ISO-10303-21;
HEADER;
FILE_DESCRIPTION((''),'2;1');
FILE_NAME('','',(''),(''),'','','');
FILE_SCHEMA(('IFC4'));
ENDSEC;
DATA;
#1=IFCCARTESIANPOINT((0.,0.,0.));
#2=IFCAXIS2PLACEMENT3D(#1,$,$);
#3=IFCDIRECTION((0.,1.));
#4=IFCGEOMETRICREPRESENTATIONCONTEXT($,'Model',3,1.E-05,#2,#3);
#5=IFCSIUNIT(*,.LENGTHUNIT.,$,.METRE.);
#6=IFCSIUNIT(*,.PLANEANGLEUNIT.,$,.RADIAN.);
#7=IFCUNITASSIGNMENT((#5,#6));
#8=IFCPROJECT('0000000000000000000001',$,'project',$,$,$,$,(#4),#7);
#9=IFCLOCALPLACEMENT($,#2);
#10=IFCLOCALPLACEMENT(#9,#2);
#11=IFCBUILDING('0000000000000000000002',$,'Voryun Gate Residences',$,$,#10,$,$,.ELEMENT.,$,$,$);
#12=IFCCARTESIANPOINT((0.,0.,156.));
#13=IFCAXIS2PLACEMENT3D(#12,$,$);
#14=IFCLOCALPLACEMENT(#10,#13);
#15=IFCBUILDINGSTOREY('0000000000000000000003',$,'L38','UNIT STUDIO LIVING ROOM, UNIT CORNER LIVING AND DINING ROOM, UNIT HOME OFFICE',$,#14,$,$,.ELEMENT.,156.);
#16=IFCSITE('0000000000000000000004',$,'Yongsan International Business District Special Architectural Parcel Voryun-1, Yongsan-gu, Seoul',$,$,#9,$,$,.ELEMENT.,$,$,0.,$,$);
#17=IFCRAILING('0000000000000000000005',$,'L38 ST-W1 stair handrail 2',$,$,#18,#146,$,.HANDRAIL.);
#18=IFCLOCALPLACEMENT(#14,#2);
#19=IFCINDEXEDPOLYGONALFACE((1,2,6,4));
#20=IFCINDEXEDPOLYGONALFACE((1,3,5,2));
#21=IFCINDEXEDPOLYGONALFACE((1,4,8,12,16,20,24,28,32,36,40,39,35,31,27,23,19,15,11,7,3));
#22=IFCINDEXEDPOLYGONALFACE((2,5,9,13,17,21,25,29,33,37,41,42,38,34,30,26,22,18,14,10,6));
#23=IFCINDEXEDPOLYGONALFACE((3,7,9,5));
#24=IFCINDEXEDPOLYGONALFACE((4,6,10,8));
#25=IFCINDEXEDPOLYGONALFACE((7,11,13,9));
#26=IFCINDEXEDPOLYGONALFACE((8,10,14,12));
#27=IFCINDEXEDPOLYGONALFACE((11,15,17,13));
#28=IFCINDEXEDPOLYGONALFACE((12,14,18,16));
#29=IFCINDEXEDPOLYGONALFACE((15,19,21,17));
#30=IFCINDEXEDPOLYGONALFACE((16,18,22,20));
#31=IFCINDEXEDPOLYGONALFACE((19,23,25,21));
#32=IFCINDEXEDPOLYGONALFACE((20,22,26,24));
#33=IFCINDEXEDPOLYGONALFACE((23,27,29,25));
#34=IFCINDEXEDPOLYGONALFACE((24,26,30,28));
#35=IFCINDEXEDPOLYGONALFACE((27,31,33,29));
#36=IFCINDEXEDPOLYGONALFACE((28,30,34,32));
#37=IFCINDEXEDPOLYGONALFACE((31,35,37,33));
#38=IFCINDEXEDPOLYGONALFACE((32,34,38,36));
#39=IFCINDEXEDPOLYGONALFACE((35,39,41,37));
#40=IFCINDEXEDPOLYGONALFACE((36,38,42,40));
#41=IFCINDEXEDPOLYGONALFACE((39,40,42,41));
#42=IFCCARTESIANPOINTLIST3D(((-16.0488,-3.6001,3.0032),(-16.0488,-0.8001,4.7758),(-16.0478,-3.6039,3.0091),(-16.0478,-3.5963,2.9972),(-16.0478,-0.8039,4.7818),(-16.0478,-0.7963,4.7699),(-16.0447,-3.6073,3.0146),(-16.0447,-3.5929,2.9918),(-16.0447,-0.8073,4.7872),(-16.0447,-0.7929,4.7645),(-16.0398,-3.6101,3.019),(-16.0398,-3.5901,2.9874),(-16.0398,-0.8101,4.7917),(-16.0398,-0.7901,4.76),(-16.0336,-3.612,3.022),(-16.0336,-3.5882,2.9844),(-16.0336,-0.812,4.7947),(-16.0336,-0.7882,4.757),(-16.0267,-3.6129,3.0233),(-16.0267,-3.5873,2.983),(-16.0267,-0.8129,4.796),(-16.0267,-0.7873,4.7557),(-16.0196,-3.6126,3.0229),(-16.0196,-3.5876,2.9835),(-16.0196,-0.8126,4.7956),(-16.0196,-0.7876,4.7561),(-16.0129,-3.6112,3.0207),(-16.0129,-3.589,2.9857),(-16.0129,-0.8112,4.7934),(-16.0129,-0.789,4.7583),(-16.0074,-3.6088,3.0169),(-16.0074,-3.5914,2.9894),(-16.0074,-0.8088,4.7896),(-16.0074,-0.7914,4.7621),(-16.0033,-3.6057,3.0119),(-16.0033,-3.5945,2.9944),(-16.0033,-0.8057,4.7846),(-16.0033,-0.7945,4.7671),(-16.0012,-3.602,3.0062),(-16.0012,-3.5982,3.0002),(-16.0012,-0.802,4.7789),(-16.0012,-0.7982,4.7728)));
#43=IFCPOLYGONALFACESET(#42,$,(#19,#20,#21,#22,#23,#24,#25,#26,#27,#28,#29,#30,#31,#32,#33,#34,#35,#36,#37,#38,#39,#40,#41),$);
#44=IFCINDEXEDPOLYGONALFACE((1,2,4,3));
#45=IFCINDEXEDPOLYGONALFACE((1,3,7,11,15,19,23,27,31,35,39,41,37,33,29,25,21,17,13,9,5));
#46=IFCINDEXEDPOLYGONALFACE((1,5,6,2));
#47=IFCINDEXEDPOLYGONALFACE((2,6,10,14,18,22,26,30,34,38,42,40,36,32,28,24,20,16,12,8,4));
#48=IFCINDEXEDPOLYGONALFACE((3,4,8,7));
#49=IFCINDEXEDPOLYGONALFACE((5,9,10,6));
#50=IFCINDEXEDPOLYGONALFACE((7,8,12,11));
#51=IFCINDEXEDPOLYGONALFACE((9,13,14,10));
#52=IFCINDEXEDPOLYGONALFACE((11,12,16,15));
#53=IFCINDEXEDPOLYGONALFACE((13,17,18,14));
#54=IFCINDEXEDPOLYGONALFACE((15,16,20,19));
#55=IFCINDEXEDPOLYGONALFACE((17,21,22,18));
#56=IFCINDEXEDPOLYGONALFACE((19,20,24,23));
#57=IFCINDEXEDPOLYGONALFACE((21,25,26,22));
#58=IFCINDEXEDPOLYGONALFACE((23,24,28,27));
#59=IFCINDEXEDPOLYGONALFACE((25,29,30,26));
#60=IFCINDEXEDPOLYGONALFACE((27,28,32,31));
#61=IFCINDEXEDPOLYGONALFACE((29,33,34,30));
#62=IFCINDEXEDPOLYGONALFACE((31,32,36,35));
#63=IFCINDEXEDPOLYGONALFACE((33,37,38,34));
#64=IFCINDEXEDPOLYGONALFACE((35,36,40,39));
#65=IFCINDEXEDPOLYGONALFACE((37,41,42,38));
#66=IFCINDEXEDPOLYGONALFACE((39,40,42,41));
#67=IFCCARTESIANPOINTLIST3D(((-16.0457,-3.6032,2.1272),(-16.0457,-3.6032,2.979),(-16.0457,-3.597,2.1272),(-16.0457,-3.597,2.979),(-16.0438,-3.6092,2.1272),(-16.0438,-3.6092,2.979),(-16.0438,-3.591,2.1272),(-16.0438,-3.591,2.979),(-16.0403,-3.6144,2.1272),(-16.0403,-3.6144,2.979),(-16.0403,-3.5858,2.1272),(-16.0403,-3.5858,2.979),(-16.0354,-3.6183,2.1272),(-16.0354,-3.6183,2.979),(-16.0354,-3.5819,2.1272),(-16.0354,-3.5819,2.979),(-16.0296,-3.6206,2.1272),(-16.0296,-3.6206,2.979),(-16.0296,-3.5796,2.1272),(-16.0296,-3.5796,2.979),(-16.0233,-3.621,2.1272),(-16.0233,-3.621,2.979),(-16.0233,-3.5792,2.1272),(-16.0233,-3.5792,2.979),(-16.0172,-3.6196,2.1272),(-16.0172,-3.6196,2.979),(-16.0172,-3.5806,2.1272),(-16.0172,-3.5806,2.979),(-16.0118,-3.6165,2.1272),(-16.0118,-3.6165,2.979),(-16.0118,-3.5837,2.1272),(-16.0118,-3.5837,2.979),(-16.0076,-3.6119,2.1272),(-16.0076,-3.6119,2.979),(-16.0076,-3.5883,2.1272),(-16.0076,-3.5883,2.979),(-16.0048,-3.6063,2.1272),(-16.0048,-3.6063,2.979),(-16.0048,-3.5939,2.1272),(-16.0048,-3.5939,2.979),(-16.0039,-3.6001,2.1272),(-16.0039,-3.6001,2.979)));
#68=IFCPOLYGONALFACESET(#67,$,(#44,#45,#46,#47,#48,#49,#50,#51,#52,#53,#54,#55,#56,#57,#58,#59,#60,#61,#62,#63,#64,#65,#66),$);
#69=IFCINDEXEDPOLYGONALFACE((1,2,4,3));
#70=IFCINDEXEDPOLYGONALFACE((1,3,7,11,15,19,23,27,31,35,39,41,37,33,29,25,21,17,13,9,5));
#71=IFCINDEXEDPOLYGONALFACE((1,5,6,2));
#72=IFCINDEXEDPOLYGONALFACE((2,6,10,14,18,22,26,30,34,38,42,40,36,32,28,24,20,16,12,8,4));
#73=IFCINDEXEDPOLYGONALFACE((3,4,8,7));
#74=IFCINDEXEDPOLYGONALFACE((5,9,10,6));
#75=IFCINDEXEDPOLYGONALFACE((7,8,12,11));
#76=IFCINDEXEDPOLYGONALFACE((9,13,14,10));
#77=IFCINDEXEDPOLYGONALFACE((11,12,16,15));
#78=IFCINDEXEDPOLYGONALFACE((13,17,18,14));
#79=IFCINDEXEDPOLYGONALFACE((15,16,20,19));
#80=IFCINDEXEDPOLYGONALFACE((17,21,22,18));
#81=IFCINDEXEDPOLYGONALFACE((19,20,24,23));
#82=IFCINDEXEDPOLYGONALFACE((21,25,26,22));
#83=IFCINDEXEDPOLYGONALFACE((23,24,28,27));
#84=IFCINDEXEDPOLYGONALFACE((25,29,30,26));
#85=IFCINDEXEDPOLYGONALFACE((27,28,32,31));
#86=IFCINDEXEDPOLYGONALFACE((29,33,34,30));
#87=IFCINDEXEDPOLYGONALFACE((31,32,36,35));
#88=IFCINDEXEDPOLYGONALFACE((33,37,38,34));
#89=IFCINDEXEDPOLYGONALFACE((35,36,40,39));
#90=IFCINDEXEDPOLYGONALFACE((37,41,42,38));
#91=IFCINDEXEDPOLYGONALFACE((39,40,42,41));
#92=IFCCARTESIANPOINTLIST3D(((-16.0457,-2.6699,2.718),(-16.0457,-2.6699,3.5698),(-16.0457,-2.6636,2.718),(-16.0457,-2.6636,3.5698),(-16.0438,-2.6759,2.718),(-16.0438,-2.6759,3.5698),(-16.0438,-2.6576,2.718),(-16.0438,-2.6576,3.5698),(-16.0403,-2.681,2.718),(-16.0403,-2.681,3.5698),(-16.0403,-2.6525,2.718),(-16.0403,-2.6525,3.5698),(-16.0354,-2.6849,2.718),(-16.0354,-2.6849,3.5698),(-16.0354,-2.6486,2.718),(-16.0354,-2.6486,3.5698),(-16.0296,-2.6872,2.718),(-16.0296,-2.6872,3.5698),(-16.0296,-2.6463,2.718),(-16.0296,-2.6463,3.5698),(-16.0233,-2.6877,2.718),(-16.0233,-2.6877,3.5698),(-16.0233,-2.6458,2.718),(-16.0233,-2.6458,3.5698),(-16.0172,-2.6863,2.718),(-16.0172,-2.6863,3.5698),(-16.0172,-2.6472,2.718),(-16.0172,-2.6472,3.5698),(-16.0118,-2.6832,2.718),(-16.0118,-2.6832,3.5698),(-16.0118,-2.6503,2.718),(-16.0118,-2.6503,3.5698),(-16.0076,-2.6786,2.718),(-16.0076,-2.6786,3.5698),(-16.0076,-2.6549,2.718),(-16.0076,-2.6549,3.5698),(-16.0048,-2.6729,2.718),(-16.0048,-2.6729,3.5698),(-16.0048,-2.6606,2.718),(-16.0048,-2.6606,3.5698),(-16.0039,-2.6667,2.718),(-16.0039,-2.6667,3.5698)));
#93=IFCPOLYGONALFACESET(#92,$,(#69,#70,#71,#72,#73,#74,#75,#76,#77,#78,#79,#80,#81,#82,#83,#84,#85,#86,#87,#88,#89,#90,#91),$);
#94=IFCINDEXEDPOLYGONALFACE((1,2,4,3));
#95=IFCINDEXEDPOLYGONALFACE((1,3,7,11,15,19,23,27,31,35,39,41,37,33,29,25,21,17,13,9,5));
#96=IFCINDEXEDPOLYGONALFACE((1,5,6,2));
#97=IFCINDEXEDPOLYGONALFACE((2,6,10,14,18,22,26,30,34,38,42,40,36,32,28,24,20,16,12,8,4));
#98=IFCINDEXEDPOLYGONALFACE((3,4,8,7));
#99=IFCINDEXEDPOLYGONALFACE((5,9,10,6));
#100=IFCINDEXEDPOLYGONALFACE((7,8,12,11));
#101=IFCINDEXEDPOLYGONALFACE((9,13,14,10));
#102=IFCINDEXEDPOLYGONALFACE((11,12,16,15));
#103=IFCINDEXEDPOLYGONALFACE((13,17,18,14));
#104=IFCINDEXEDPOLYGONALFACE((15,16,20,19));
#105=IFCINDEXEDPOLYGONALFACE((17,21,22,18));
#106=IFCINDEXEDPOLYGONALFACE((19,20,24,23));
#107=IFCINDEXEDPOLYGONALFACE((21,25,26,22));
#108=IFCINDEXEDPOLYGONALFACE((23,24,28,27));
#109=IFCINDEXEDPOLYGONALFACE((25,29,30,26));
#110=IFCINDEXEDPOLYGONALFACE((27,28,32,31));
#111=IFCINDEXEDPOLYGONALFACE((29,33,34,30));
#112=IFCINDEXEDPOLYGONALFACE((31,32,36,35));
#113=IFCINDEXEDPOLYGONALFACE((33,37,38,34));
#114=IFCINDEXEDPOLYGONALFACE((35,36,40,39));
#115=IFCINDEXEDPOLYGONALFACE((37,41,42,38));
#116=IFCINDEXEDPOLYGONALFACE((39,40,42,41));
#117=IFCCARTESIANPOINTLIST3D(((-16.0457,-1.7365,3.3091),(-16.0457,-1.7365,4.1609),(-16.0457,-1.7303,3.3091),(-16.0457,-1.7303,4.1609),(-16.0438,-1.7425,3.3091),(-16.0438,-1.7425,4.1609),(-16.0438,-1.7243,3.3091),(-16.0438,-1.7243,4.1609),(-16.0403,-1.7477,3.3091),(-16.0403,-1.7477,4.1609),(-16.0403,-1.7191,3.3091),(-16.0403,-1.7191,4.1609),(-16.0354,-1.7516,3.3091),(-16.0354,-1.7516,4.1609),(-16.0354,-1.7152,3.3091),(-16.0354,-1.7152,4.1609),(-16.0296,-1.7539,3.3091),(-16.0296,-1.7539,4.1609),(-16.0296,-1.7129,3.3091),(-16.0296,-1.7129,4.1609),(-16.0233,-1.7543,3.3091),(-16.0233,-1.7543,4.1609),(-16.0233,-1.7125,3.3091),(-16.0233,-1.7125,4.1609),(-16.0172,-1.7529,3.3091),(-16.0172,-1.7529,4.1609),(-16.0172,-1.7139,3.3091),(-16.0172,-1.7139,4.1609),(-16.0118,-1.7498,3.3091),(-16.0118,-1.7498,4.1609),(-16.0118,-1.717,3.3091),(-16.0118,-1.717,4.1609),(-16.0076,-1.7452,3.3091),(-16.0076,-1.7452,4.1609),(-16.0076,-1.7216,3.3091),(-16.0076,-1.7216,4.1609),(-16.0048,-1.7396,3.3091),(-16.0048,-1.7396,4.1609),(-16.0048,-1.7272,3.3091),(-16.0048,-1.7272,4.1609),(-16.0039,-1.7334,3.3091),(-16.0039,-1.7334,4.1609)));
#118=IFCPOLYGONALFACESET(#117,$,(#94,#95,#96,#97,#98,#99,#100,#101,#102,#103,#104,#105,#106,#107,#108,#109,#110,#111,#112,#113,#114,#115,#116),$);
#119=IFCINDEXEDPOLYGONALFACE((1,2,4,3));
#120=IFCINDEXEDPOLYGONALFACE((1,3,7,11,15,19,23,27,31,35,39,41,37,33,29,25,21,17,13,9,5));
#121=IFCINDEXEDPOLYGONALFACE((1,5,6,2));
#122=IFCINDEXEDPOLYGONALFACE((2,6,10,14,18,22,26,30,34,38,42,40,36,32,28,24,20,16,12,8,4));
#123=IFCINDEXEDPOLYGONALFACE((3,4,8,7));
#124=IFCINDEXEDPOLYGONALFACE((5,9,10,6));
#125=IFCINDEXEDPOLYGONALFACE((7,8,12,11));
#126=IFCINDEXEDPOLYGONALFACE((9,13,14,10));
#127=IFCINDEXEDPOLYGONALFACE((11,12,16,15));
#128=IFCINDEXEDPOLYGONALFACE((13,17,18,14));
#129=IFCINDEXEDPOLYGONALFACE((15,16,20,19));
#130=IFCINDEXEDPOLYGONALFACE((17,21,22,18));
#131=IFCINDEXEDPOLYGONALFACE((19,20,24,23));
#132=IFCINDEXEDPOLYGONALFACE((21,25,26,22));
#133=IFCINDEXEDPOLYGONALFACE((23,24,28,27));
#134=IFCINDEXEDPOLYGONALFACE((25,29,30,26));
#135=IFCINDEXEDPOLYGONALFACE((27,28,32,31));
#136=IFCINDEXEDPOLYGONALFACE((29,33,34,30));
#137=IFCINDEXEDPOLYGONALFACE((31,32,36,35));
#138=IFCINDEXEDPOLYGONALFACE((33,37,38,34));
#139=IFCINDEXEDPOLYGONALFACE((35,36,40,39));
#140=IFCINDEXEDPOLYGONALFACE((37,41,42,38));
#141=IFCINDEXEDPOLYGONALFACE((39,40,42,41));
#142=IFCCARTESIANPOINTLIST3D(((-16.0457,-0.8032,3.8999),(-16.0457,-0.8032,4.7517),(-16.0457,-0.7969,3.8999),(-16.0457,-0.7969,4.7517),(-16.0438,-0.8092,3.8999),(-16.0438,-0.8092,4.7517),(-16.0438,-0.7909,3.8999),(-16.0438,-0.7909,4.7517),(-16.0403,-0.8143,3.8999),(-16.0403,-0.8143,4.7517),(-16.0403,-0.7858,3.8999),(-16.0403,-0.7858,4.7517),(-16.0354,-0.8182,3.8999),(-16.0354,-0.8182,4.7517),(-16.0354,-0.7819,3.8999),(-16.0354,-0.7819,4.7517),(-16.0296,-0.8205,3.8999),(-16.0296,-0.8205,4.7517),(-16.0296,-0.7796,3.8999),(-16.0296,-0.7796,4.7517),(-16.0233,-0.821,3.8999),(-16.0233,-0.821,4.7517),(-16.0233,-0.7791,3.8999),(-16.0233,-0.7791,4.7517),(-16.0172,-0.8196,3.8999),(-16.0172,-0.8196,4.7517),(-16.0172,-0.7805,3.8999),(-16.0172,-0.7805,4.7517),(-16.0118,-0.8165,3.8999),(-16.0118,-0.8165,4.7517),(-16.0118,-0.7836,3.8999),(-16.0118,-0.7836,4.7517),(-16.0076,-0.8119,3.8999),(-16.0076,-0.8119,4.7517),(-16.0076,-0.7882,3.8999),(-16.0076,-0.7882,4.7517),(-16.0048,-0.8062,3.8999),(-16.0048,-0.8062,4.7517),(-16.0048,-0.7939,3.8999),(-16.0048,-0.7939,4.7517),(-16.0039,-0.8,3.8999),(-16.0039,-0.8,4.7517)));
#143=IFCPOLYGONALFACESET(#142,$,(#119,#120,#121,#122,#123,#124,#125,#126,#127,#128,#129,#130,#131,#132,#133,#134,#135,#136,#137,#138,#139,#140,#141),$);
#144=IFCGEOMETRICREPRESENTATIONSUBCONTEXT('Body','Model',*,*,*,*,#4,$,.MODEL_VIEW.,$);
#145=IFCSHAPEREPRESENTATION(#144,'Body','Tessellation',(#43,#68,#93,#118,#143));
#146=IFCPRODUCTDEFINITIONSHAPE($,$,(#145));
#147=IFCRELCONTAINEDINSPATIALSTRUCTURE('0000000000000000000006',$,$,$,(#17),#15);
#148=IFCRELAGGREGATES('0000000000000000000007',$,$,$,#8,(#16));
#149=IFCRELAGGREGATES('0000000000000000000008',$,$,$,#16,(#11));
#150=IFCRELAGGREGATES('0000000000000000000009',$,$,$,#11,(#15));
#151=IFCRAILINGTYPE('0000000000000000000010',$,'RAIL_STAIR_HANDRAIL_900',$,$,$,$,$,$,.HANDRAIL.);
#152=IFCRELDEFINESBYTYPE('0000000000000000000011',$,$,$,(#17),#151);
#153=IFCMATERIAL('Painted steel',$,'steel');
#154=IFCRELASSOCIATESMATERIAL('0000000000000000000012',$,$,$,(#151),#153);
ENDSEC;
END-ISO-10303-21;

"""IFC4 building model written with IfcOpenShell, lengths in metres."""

from ifc_helpers import new_model, si_unit, direction, frame, origin, origin_2d, place, context, subcontext, project, spatial, circle, extrude, material, type_object, element, save


model = new_model("IFC4")

# Units and contexts
model_context = context("Model", 3, precision=1e-05, world=origin(), true_north=direction((0.0, 1.0)))
body_context = subcontext(model_context, "Body", "Model", "MODEL_VIEW")
ifc_project = project(units=[si_unit("LENGTHUNIT", "METRE"), si_unit("PLANEANGLEUNIT", "RADIAN")], contexts=[model_context])

# Site, building, storey
site_placement = place(None, origin())
site = spatial("IfcSite", under=ifc_project, at=site_placement, Name="Yongsan International Business District Special Architectural Parcel Voryun-1, Yongsan-gu, Seoul", CompositionType="ELEMENT", RefElevation=0.0)
building_placement = place(site_placement, origin())
building = spatial("IfcBuilding", under=site, at=building_placement, Name="Voryun Gate Residences", CompositionType="ELEMENT")
storey_placement = place(building_placement, frame((0.0, 0.0, 156.0)))
storey = spatial("IfcBuildingStorey", under=building, at=storey_placement, Name="L38", Description="UNIT STUDIO LIVING ROOM, UNIT CORNER LIVING AND DINING ROOM, UNIT HOME OFFICE", CompositionType="ELEMENT", Elevation=156.0)

# Railing
ifc_material_1 = material(Name="Painted steel", Category="steel")
railing_type_1 = type_object("IfcRailingType", Name="RAIL_STAIR_HANDRAIL_900", PredefinedType="HANDRAIL", material=ifc_material_1)
railing_1_placement = place(storey_placement, frame((-16.0249, -3.6001, 2.1272)))
element("IfcRailing", 1, at=railing_1_placement, inside=storey, type_object=railing_type_1, Name="L38 ST-W1 stair handrail 2", PredefinedType="HANDRAIL", context=body_context, shape_type="SweptSolid", body=[
    extrude(circle(Radius=0.0239, at=origin_2d()), frame((0.0, 0.0, 0.876), z_axis=(0.0, 0.844909, 0.53491), x_axis=(-1.0, 0.0, 0.0)), (0.0, 0.0, 1.0), 3.314),
    extrude(circle(Radius=0.021, at=origin_2d()), origin(), (0.0, 0.0, 1.0), 0.8518),
    extrude(circle(Radius=0.021, at=origin_2d()), frame((0.0, 0.9333, 0.5908)), (0.0, 0.0, 1.0), 0.8518),
    extrude(circle(Radius=0.021, at=origin_2d()), frame((0.0, 1.8667, 1.1819)), (0.0, 0.0, 1.0), 0.8518),
    extrude(circle(Radius=0.021, at=origin_2d()), frame((0.0, 2.8, 1.7727)), (0.0, 0.0, 1.0), 0.8518),
])

save(model, "model.ifc")
